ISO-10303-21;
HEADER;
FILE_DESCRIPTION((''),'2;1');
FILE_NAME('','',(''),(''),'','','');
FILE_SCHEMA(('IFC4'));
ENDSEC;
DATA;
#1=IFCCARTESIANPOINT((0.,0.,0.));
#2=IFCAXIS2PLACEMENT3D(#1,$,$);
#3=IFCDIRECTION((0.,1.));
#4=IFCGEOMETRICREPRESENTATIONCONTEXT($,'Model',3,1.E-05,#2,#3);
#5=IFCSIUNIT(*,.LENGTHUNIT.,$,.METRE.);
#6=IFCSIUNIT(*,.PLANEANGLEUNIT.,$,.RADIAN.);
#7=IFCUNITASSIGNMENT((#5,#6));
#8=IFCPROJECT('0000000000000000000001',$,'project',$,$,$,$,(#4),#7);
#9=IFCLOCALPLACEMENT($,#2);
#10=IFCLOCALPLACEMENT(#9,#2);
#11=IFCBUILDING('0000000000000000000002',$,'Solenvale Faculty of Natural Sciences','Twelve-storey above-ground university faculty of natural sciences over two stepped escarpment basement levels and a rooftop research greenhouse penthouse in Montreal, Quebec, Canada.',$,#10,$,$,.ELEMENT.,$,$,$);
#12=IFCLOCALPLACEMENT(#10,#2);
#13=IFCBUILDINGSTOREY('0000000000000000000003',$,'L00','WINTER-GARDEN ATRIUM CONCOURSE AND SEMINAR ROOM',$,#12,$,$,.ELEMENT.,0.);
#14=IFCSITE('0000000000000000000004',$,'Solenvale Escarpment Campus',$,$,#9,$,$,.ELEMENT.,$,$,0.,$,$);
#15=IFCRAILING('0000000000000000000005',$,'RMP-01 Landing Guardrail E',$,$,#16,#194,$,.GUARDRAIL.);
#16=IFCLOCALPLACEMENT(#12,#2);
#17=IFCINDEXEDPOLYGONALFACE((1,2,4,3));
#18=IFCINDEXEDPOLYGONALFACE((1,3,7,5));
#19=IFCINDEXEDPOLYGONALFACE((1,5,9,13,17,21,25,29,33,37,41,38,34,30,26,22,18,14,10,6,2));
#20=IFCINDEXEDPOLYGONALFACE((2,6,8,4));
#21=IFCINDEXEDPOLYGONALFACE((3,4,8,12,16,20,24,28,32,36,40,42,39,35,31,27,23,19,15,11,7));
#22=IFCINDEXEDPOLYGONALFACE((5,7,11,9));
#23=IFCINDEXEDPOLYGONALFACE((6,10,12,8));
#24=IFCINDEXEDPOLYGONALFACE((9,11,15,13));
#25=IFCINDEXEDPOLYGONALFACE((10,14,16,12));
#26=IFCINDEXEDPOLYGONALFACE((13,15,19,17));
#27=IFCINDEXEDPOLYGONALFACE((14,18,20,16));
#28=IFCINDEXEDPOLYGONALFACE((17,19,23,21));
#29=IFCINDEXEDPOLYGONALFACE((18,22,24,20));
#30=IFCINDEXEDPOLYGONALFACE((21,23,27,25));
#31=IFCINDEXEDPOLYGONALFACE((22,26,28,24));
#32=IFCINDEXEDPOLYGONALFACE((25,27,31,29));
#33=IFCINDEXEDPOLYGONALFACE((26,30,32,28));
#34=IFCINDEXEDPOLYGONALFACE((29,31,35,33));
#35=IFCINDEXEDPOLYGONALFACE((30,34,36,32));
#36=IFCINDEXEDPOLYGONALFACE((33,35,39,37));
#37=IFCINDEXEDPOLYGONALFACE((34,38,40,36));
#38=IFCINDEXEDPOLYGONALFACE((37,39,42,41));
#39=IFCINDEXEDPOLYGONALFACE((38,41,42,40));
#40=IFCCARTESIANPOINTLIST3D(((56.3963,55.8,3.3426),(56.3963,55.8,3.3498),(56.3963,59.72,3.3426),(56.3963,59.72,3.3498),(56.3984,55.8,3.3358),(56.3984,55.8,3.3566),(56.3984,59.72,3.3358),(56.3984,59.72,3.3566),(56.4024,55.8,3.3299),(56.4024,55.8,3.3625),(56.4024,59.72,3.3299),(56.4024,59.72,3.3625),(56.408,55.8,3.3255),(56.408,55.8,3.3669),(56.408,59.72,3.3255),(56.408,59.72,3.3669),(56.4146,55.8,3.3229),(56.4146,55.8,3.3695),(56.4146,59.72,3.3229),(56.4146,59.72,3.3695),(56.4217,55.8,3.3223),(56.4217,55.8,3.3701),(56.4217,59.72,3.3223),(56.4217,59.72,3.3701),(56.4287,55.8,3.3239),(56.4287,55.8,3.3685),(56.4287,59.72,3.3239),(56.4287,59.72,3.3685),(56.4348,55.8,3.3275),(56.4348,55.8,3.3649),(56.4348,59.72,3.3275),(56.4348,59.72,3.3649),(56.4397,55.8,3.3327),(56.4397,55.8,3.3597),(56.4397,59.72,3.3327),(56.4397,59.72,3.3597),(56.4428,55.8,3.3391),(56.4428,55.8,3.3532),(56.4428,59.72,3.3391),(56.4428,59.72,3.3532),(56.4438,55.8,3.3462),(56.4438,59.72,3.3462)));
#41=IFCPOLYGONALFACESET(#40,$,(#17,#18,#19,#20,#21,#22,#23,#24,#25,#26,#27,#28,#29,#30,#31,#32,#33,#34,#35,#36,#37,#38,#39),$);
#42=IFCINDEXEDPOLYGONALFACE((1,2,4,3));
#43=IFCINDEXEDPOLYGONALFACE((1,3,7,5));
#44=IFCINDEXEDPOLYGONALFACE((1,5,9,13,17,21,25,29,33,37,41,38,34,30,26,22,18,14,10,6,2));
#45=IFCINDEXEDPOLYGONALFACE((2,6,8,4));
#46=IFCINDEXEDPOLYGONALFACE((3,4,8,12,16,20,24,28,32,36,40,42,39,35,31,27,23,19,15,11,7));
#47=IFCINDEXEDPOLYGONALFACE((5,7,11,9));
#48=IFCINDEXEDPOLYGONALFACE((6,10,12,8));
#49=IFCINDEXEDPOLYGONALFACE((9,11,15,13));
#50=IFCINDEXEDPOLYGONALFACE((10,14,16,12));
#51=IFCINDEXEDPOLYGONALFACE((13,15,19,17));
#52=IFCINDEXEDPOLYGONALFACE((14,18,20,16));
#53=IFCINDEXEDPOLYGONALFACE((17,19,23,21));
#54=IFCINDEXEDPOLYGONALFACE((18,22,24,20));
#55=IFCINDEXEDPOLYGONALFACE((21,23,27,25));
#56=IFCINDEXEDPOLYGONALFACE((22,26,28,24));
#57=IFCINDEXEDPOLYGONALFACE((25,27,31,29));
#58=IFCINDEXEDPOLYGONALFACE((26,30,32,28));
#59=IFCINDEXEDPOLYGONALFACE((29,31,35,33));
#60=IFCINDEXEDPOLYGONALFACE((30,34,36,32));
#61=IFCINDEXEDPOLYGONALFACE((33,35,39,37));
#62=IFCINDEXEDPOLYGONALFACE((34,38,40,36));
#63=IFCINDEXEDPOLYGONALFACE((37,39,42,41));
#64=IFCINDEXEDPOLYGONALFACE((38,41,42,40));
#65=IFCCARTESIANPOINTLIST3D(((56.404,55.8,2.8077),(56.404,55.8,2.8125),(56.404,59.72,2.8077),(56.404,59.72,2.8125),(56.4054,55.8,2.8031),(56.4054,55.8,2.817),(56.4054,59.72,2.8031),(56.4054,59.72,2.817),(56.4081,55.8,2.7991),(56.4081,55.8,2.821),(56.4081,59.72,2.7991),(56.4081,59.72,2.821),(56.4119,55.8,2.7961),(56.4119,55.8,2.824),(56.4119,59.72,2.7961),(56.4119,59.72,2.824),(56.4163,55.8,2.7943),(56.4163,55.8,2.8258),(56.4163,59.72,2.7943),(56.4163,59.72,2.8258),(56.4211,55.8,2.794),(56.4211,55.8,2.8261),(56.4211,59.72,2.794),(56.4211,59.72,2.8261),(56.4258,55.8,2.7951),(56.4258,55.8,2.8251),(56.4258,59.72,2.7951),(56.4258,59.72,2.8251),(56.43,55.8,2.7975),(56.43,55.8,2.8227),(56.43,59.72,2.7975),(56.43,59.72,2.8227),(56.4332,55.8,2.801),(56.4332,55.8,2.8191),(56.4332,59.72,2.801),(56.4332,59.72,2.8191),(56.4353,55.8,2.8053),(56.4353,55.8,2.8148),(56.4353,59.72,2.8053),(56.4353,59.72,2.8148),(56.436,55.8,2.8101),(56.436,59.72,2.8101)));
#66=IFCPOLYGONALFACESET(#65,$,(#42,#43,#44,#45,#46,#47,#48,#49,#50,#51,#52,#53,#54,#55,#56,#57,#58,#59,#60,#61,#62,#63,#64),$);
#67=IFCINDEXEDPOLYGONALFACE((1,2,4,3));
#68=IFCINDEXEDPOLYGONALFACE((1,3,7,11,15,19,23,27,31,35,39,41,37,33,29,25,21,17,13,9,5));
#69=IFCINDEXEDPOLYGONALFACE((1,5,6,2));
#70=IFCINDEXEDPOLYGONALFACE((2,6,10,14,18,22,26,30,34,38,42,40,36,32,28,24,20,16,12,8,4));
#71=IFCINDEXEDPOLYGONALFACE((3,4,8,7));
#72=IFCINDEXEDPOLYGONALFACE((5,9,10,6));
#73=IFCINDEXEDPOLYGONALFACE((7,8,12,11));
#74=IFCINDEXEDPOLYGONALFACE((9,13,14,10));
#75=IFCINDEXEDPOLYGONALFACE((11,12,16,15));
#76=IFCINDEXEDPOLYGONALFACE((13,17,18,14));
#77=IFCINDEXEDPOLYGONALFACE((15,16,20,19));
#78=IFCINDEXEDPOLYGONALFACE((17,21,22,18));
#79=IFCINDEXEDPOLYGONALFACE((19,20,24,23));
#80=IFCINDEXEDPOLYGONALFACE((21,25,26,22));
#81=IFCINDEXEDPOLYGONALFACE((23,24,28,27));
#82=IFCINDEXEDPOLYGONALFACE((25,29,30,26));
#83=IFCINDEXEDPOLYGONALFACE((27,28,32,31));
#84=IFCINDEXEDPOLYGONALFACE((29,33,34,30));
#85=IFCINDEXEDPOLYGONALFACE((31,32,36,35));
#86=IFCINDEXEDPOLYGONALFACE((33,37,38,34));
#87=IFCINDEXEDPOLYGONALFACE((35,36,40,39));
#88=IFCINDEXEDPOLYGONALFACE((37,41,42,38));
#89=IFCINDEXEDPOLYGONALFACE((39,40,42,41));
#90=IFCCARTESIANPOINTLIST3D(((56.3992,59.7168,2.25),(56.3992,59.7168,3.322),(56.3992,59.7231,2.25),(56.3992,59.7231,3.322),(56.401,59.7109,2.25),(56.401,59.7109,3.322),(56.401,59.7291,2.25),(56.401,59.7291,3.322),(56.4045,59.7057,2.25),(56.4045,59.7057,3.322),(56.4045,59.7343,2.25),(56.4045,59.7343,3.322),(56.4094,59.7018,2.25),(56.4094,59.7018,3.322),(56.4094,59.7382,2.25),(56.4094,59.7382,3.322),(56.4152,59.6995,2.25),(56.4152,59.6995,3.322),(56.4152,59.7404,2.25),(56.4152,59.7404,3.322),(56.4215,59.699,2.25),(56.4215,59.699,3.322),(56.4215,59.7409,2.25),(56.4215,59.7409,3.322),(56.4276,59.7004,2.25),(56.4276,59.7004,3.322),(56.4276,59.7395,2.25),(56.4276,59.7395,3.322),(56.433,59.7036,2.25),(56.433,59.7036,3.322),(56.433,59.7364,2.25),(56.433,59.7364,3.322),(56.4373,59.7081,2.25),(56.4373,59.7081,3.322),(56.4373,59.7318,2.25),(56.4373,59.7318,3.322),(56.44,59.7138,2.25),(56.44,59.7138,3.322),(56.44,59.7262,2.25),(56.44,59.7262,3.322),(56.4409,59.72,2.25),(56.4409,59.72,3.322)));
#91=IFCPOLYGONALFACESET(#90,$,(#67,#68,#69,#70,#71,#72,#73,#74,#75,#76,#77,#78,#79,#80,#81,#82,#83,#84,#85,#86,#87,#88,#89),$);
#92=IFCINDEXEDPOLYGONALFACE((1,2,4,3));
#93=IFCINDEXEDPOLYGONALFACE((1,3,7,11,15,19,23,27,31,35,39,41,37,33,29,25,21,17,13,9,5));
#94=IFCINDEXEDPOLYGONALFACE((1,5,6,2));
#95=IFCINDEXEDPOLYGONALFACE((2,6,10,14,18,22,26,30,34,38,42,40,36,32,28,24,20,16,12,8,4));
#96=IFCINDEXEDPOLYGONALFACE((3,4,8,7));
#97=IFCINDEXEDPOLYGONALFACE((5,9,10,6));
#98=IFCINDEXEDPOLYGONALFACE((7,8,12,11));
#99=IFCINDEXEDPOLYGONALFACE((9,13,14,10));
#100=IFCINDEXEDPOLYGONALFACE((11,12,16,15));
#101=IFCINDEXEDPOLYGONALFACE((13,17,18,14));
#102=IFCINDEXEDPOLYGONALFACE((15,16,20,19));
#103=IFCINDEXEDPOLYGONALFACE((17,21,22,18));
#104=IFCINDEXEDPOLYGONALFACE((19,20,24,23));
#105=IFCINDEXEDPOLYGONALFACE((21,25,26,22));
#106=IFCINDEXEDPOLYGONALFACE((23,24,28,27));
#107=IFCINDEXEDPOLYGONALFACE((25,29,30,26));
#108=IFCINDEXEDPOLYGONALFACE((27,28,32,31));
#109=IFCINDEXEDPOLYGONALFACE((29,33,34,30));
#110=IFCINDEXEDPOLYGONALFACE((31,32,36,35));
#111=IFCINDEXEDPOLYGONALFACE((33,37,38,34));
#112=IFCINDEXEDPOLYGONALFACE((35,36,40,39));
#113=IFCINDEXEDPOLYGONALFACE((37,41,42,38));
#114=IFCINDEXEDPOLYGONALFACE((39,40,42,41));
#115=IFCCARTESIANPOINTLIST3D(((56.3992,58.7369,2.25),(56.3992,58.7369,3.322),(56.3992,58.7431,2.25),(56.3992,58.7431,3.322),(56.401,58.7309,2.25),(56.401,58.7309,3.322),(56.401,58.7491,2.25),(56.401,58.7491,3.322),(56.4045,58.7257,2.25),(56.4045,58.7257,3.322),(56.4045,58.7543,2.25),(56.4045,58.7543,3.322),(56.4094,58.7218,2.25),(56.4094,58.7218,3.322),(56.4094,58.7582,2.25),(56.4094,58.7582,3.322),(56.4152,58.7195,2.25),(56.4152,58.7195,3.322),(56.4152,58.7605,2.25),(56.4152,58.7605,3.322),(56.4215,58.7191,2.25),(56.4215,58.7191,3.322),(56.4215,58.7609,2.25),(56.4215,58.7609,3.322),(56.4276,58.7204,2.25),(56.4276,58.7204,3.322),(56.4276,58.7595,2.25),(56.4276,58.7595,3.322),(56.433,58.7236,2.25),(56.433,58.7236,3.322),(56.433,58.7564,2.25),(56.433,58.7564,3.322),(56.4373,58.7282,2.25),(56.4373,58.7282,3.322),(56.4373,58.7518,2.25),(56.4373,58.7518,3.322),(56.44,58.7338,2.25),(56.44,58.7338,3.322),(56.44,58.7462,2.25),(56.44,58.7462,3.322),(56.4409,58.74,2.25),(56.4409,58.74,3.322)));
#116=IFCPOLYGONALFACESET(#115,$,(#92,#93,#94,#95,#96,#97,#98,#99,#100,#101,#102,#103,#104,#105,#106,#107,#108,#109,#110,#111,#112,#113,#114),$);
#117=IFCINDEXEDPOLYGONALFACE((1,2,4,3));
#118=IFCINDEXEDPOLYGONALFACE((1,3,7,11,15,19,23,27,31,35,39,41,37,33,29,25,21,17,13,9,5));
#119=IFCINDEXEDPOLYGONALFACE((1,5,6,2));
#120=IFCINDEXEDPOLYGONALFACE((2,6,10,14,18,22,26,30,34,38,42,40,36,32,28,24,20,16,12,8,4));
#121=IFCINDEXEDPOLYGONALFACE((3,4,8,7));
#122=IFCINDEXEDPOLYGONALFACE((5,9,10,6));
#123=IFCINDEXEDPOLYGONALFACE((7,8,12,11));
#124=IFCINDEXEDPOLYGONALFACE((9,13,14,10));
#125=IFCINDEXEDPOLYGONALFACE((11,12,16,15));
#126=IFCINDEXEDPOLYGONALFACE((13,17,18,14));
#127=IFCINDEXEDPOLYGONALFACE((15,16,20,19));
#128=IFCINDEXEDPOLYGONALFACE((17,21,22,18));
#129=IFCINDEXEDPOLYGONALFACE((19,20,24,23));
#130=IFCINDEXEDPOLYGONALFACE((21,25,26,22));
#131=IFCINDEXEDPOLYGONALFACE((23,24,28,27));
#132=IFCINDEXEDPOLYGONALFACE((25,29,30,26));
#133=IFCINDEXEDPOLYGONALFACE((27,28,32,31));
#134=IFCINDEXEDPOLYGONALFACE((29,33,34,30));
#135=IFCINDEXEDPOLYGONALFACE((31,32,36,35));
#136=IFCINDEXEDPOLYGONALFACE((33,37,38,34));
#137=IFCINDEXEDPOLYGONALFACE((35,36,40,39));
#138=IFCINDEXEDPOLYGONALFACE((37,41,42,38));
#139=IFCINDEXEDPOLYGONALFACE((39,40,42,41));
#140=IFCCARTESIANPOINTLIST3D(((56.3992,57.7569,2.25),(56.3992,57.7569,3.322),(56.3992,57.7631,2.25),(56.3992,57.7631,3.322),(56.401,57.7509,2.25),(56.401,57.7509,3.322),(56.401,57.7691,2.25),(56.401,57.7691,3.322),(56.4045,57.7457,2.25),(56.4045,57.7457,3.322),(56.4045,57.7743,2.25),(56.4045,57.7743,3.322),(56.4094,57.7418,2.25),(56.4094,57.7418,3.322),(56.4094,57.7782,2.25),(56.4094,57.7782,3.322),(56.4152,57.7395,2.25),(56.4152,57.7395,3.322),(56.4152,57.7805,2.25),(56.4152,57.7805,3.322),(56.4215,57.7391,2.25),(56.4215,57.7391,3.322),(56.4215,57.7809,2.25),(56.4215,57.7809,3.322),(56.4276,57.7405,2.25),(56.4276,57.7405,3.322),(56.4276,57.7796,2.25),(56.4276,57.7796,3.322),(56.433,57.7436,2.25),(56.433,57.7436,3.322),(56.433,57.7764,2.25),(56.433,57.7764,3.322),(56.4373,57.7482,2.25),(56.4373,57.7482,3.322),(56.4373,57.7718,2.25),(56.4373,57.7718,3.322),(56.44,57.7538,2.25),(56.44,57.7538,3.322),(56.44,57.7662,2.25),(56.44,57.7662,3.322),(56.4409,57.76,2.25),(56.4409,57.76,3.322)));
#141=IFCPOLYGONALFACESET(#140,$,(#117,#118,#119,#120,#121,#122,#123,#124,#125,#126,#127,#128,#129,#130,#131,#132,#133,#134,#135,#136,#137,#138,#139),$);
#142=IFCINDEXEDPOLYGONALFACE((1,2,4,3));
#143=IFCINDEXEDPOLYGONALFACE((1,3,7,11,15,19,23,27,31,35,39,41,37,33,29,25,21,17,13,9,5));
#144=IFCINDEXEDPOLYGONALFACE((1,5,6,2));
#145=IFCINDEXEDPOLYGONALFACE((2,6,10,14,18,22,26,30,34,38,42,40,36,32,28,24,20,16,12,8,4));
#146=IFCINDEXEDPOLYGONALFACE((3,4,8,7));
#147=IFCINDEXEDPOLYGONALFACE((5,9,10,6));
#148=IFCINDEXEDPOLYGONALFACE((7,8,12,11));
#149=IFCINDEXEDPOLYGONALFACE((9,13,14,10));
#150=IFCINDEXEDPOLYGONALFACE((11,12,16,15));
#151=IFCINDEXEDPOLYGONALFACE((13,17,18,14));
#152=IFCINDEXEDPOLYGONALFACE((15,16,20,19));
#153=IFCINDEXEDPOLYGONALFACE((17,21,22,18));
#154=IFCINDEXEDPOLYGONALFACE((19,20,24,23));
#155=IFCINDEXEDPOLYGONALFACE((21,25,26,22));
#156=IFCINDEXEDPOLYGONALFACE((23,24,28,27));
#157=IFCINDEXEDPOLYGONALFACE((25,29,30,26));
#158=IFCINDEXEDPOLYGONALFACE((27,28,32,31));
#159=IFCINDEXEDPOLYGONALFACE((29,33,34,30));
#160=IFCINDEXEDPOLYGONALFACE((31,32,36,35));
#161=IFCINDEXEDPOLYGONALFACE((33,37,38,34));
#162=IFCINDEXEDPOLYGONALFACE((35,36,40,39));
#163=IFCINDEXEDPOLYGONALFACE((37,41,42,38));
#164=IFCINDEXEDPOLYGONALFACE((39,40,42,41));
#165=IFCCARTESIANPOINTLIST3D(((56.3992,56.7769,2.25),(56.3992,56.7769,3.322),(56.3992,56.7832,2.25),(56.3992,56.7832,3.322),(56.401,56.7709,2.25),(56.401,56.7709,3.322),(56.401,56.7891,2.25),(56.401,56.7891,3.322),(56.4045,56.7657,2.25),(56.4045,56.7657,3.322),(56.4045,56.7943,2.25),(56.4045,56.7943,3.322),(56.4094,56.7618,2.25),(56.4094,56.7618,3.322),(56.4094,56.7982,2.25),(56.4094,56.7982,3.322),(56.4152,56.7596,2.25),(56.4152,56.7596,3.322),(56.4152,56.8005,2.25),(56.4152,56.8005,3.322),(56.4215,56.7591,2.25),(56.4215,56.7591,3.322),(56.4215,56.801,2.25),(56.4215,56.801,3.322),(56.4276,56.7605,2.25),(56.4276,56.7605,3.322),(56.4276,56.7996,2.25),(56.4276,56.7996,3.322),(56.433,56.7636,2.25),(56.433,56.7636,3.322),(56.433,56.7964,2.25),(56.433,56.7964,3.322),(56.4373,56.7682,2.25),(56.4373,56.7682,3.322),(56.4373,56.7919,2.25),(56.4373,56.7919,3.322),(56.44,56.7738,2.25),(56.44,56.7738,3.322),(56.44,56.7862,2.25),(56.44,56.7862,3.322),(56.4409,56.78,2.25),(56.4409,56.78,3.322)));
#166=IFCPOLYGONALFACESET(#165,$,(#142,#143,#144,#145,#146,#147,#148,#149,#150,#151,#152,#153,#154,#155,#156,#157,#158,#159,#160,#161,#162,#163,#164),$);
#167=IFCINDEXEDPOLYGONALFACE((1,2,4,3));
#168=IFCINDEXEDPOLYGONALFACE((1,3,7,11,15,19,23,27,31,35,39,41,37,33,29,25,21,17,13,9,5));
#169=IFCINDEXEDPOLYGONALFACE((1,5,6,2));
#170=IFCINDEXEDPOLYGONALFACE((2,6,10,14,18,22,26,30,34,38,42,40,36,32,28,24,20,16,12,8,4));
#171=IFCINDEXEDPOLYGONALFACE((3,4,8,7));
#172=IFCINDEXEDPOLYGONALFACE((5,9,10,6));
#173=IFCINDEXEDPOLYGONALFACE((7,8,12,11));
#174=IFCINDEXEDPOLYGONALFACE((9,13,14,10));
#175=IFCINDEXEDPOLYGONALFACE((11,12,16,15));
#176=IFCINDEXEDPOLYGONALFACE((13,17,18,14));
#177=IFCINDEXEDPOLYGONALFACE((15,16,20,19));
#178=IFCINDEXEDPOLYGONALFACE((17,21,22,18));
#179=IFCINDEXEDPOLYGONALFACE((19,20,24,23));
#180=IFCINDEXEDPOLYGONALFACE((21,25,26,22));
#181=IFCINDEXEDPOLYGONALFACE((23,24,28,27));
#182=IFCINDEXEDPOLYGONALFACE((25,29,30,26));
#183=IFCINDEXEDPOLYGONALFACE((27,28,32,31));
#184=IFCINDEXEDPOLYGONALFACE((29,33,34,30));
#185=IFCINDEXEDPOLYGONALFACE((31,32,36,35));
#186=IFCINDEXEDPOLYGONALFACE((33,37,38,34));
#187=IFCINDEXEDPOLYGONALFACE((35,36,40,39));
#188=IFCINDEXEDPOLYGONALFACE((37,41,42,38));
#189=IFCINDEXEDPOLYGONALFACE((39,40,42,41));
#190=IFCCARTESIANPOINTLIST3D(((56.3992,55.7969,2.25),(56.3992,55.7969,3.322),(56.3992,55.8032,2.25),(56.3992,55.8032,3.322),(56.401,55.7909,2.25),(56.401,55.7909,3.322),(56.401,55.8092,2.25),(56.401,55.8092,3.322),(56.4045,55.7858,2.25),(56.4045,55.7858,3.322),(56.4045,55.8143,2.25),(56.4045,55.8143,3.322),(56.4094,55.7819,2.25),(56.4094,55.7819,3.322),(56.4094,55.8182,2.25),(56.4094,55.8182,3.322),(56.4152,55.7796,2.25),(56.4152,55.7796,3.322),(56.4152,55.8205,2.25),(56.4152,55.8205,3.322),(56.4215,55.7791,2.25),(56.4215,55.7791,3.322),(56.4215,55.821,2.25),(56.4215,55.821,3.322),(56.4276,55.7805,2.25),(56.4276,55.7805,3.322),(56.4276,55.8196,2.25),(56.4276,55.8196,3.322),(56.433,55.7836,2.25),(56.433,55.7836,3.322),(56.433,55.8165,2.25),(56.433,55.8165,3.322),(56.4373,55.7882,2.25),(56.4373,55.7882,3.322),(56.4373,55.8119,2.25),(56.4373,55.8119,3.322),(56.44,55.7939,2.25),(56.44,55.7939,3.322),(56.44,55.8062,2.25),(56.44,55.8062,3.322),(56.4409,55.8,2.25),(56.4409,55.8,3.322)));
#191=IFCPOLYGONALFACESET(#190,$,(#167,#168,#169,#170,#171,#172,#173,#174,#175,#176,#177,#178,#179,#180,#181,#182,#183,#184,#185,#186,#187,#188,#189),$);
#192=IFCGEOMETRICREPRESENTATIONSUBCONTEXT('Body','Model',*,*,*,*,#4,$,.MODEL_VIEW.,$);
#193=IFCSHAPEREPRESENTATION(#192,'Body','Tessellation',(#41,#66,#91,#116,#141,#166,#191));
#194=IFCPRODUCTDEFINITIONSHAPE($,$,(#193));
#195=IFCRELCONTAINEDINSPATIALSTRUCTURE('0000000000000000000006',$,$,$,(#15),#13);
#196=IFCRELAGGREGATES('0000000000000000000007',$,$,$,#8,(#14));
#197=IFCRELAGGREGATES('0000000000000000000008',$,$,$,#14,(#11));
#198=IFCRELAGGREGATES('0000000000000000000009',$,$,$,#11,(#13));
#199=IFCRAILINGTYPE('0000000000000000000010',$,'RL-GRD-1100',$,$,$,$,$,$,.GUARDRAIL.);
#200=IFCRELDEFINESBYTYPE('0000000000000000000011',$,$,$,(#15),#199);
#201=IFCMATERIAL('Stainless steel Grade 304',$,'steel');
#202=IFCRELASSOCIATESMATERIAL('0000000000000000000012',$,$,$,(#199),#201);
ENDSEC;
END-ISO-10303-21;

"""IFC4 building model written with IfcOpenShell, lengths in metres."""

from ifc_helpers import new_model, si_unit, direction, frame, origin, origin_2d, place, context, subcontext, project, spatial, circle, extrude, material, type_object, element, save


model = new_model("IFC4")

# Units and contexts
model_context = context("Model", 3, precision=1e-05, world=origin(), true_north=direction((0.0, 1.0)))
body_context = subcontext(model_context, "Body", "Model", "MODEL_VIEW")
ifc_project = project(units=[si_unit("LENGTHUNIT", "METRE"), si_unit("PLANEANGLEUNIT", "RADIAN")], contexts=[model_context])

# Site, building, storey
site_placement = place(None, origin())
site = spatial("IfcSite", under=ifc_project, at=site_placement, Name="Solenvale Escarpment Campus", CompositionType="ELEMENT", RefElevation=0.0)
building_placement = place(site_placement, origin())
building = spatial("IfcBuilding", under=site, at=building_placement, Name="Solenvale Faculty of Natural Sciences", Description="Twelve-storey above-ground university faculty of natural sciences over two stepped escarpment basement levels and a rooftop research greenhouse penthouse in Montreal, Quebec, Canada.", CompositionType="ELEMENT")
storey_placement = place(building_placement, origin())
storey = spatial("IfcBuildingStorey", under=building, at=storey_placement, Name="L00", Description="WINTER-GARDEN ATRIUM CONCOURSE AND SEMINAR ROOM", CompositionType="ELEMENT", Elevation=0.0)

# Railing
ifc_material_1 = material(Name="Stainless steel Grade 304", Category="steel")
railing_type_1 = type_object("IfcRailingType", Name="RL-GRD-1100", PredefinedType="GUARDRAIL", material=ifc_material_1)
railing_1_placement = place(storey_placement, frame((56.4199, 59.72, 2.25)))
element("IfcRailing", 1, at=railing_1_placement, inside=storey, type_object=railing_type_1, Name="RMP-01 Landing Guardrail E", PredefinedType="GUARDRAIL", context=body_context, shape_type="SweptSolid", body=[
    extrude(circle(Radius=0.0239, at=origin_2d()), frame((0.0, 0.0, 1.0962), z_axis=(0.0, -1.0, 0.0), x_axis=(1.0, 0.0, 0.0)), (0.0, 0.0, 1.0), 3.9199),
    extrude(circle(Radius=0.0161, at=origin_2d()), frame((0.0, 0.0, 0.5601), z_axis=(0.0, -1.0, 0.0), x_axis=(1.0, 0.0, 0.0)), (0.0, 0.0, 1.0), 3.9199),
    extrude(circle(Radius=0.021, at=origin_2d()), origin(), (0.0, 0.0, 1.0), 1.072),
    extrude(circle(Radius=0.021, at=origin_2d()), frame((0.0, -0.98, 0.0)), (0.0, 0.0, 1.0), 1.072),
    extrude(circle(Radius=0.021, at=origin_2d()), frame((0.0, -1.96, 0.0)), (0.0, 0.0, 1.0), 1.072),
    extrude(circle(Radius=0.021, at=origin_2d()), frame((0.0, -2.9399, 0.0)), (0.0, 0.0, 1.0), 1.072),
    extrude(circle(Radius=0.021, at=origin_2d()), frame((0.0, -3.9199, 0.0)), (0.0, 0.0, 1.0), 1.072),
])

save(model, "model.ifc")
